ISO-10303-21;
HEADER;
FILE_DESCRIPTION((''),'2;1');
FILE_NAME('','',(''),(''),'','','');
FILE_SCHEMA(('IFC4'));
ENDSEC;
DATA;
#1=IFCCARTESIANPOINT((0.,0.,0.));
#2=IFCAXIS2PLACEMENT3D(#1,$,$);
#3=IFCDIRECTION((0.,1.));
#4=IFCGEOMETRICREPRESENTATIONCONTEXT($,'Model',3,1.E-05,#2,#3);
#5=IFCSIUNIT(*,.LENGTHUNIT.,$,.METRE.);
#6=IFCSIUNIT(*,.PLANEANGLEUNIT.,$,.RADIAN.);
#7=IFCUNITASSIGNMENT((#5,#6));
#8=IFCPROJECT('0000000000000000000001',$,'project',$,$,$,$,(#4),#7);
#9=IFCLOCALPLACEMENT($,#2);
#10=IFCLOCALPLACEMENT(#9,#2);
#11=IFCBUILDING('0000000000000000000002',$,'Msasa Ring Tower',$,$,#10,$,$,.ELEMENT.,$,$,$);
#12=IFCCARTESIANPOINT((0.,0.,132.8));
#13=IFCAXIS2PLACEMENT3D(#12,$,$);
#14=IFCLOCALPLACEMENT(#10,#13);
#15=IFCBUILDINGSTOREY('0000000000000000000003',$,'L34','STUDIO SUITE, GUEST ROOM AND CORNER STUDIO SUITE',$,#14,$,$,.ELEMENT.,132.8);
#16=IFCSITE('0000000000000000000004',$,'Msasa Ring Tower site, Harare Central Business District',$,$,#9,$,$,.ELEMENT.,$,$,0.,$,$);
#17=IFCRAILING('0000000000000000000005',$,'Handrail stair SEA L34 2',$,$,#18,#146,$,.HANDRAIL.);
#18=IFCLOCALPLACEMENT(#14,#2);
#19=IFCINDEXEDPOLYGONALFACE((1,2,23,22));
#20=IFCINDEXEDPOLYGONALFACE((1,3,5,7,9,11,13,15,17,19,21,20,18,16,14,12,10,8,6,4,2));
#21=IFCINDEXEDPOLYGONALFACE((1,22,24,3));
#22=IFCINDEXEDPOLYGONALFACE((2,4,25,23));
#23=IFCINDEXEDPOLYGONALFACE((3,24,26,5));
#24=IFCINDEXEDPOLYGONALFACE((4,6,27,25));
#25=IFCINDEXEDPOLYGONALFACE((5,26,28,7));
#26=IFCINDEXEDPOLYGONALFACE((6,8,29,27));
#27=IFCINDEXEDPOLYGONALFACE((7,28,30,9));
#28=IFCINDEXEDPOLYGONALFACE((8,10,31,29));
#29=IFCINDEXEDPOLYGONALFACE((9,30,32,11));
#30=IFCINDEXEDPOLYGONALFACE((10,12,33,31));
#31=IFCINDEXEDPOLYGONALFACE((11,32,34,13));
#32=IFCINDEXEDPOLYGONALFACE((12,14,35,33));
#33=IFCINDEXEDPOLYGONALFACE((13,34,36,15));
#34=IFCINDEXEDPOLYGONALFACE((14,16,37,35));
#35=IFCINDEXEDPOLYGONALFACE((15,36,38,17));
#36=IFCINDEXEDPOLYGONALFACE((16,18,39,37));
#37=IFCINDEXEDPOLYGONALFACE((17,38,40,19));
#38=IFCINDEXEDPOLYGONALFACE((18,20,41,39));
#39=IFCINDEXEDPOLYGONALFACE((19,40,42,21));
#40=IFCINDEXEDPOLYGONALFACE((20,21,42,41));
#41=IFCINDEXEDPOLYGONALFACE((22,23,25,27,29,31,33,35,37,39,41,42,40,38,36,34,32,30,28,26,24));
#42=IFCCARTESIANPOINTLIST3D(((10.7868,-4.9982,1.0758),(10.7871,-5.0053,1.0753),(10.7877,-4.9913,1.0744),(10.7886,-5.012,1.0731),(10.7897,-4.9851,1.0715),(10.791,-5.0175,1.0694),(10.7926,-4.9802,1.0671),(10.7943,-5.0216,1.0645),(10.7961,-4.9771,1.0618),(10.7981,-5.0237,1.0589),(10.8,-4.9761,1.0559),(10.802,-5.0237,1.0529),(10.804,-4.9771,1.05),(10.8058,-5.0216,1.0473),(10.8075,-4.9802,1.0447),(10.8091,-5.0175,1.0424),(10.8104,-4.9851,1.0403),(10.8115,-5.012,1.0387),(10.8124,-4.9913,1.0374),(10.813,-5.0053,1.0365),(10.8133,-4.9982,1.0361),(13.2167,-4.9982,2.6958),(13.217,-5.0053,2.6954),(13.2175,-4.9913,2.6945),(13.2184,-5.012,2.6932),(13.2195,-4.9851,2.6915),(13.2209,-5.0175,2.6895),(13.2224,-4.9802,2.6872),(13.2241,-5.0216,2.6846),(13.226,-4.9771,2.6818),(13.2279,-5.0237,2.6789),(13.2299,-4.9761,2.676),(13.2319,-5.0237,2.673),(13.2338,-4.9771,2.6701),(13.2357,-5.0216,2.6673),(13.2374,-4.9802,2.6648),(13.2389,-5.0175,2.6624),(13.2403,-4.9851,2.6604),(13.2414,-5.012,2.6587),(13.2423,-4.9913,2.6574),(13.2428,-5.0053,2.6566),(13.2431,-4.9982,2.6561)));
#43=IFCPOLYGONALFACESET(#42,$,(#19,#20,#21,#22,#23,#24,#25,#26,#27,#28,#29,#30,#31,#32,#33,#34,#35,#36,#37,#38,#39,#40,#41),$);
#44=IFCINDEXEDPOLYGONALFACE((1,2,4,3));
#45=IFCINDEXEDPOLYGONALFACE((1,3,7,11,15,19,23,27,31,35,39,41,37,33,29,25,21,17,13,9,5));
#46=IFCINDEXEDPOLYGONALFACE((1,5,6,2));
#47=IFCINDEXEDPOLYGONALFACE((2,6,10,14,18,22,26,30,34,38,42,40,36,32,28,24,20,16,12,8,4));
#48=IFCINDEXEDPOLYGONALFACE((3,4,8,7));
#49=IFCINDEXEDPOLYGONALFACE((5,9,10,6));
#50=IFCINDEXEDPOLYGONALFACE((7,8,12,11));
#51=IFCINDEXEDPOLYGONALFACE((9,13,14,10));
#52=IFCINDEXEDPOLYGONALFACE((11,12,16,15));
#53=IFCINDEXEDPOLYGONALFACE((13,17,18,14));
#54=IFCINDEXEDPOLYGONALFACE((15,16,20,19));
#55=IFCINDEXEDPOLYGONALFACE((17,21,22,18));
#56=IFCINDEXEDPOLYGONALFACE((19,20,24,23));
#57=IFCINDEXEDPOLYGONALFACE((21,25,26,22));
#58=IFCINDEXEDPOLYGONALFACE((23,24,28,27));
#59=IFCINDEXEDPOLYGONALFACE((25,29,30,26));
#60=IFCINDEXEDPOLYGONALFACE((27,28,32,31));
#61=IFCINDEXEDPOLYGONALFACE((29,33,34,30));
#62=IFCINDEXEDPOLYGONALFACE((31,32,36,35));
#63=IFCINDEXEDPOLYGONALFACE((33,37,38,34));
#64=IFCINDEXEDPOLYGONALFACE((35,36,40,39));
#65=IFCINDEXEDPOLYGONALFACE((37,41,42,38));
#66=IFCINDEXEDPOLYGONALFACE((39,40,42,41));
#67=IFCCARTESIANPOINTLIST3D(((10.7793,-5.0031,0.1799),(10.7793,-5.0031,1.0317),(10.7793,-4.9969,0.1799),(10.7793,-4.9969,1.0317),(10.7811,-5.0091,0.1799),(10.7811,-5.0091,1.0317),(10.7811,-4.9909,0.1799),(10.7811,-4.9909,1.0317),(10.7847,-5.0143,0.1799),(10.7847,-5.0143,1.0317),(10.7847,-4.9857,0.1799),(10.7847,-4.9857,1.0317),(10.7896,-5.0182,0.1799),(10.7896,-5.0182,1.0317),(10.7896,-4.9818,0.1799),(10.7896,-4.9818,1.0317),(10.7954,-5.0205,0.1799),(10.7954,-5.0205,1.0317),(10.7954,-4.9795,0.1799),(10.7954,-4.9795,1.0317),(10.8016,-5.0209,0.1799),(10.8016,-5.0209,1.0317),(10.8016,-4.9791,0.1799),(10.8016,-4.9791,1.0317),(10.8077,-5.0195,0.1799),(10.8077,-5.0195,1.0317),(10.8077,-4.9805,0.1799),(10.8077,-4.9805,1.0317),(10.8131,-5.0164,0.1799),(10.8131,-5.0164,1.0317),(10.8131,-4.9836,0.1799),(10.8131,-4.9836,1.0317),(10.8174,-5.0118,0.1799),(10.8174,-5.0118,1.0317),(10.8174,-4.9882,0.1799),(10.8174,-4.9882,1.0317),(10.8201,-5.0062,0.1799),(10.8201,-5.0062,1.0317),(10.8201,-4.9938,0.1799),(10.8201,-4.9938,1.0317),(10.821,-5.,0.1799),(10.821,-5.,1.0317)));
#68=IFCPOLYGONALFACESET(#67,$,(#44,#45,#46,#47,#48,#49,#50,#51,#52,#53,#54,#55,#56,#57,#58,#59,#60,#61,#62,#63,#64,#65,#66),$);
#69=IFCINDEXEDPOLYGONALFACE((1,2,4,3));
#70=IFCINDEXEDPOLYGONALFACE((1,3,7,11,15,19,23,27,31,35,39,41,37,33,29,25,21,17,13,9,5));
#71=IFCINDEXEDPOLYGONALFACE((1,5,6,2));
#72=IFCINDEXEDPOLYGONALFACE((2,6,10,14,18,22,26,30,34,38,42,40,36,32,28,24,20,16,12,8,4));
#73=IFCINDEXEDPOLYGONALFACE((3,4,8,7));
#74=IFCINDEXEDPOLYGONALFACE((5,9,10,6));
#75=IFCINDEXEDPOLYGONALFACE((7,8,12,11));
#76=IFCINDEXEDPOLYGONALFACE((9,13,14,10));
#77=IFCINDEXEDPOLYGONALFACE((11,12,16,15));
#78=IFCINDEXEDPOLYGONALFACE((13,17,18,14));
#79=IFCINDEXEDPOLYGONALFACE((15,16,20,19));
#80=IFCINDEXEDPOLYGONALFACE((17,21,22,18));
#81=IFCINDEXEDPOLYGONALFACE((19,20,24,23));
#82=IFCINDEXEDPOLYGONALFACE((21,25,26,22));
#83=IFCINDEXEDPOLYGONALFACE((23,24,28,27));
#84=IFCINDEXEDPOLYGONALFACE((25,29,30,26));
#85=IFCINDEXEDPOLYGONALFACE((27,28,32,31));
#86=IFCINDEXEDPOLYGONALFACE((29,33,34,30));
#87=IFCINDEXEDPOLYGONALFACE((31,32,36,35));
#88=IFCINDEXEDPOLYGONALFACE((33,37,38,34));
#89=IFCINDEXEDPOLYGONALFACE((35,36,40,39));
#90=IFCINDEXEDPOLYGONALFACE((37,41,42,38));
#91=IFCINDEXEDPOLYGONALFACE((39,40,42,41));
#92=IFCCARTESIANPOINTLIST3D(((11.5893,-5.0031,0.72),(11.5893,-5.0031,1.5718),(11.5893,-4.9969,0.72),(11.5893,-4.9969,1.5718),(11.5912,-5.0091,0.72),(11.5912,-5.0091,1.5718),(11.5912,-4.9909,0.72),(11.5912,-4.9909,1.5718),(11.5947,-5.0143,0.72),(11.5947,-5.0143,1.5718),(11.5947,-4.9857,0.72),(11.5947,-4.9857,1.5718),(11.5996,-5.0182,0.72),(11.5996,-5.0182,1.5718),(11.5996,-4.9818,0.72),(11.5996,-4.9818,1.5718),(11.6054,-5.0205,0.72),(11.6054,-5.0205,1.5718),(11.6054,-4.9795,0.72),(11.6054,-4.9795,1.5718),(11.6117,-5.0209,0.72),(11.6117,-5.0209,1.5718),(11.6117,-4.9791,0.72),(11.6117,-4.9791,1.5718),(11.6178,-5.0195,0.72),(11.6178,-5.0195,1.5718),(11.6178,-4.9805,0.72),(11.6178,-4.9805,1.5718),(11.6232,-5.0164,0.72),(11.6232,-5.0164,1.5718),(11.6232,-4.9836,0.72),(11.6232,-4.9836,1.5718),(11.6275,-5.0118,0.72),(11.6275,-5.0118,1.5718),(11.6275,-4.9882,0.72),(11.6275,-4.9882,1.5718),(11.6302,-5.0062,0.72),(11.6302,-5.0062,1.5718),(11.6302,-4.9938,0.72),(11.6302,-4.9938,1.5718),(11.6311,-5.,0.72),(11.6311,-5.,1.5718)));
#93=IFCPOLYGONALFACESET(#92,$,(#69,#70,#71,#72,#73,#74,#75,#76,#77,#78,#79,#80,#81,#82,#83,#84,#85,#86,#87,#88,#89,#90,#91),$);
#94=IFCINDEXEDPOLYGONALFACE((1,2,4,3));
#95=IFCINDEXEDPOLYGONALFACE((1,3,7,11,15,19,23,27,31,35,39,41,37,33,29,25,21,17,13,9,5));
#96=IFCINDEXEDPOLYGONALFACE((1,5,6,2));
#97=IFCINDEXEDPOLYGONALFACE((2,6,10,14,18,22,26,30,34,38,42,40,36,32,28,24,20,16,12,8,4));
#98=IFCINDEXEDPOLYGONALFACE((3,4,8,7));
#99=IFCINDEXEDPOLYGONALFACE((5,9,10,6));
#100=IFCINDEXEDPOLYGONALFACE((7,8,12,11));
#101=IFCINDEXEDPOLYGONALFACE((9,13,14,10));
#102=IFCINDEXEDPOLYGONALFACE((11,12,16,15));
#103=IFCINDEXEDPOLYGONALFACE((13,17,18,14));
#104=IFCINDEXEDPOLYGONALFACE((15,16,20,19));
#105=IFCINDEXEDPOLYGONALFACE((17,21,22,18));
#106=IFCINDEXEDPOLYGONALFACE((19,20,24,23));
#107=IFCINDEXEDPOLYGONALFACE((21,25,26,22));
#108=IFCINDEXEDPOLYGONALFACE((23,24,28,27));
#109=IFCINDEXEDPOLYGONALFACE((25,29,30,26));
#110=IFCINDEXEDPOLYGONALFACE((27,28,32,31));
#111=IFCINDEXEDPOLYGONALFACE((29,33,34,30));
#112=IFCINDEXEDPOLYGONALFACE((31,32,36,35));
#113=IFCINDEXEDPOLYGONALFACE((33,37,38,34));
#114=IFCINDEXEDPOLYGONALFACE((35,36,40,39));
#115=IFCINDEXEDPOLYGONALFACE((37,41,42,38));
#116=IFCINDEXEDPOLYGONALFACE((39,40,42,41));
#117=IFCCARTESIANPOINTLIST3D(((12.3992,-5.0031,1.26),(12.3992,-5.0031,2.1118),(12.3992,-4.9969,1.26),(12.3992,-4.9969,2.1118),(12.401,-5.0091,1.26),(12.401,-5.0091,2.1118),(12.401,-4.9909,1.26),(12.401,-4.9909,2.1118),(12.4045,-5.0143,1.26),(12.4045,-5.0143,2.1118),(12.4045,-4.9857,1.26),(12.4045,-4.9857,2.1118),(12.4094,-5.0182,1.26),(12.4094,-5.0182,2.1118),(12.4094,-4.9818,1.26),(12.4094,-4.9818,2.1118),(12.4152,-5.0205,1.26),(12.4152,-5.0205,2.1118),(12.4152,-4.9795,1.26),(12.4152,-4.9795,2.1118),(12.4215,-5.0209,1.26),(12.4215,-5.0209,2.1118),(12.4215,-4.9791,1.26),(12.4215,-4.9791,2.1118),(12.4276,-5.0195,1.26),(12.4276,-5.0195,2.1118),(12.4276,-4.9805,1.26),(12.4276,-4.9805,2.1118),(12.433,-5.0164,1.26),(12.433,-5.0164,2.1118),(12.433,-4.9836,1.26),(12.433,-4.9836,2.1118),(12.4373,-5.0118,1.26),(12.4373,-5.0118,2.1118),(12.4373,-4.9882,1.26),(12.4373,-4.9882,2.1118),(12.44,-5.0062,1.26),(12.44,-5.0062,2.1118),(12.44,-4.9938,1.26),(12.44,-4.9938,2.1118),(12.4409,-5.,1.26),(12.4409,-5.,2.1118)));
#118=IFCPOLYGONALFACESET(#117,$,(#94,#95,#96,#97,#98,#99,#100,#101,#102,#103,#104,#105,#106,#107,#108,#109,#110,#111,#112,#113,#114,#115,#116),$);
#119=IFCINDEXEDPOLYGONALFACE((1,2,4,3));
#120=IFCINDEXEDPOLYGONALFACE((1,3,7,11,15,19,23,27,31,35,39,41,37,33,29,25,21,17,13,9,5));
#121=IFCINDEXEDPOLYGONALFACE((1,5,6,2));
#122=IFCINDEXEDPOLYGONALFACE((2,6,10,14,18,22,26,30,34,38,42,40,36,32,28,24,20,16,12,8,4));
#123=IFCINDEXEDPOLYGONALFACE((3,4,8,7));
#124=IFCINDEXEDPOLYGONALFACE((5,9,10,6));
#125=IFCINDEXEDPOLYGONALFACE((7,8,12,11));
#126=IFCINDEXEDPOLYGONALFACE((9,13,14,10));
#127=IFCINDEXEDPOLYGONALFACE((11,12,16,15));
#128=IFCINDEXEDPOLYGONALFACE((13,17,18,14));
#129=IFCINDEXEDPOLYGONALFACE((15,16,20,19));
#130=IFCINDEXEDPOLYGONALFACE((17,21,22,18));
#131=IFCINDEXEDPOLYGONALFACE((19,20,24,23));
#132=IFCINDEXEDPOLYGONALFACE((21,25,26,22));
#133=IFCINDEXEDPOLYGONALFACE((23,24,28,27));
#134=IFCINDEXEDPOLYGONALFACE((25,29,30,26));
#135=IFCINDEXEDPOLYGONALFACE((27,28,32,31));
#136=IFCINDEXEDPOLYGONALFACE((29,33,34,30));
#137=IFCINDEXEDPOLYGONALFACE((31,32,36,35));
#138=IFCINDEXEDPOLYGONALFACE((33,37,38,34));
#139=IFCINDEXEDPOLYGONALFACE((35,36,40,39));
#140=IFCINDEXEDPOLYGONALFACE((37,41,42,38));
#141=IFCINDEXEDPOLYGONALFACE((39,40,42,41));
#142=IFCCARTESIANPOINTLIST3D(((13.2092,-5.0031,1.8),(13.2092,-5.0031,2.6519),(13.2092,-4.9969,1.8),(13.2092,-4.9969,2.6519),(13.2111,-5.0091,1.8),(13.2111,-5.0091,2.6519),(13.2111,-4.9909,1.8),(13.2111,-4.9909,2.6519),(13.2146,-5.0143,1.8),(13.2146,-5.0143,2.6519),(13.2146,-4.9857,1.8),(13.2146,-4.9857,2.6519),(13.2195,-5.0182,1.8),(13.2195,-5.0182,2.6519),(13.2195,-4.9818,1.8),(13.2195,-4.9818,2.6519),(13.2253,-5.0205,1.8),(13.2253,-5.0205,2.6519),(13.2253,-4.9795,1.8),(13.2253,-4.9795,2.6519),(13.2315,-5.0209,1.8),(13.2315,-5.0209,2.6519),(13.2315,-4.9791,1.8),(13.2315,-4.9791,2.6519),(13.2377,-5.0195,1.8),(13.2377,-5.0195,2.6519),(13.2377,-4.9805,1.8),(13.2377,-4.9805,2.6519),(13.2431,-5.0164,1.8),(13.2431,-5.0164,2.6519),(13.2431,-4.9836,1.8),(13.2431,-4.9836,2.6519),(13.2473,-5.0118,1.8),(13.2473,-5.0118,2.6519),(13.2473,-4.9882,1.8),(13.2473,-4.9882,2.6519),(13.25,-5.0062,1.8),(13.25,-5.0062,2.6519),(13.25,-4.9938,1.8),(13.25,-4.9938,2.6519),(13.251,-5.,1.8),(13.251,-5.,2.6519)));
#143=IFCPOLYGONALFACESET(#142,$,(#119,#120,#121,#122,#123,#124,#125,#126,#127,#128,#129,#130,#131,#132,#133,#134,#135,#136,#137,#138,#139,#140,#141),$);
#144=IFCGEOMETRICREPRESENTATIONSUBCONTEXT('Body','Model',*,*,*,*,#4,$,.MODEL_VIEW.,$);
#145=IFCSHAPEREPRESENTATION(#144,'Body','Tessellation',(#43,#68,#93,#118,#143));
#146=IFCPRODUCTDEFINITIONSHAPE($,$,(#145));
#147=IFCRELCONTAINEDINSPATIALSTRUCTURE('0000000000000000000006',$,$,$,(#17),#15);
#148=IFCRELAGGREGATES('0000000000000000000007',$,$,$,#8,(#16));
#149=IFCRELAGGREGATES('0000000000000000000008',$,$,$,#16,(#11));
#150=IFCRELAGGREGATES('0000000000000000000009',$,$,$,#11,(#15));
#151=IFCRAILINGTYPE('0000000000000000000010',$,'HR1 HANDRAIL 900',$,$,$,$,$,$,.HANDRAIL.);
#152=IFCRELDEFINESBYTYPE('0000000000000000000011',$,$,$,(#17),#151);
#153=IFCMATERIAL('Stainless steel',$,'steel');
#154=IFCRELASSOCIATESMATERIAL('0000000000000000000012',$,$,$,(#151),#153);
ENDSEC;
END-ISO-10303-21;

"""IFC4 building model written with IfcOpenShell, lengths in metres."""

from ifc_helpers import new_model, si_unit, direction, frame, origin, origin_2d, place, context, subcontext, project, spatial, circle, extrude, material, type_object, element, save


model = new_model("IFC4")

# Units and contexts
model_context = context("Model", 3, precision=1e-05, world=origin(), true_north=direction((0.0, 1.0)))
body_context = subcontext(model_context, "Body", "Model", "MODEL_VIEW")
ifc_project = project(units=[si_unit("LENGTHUNIT", "METRE"), si_unit("PLANEANGLEUNIT", "RADIAN")], contexts=[model_context])

# Site, building, storey
site_placement = place(None, origin())
site = spatial("IfcSite", under=ifc_project, at=site_placement, Name="Msasa Ring Tower site, Harare Central Business District", CompositionType="ELEMENT", RefElevation=0.0)
building_placement = place(site_placement, origin())
building = spatial("IfcBuilding", under=site, at=building_placement, Name="Msasa Ring Tower", CompositionType="ELEMENT")
storey_placement = place(building_placement, frame((0.0, 0.0, 132.8)))
storey = spatial("IfcBuildingStorey", under=building, at=storey_placement, Name="L34", Description="STUDIO SUITE, GUEST ROOM AND CORNER STUDIO SUITE", CompositionType="ELEMENT", Elevation=132.8)

# Railing
ifc_material_1 = material(Name="Stainless steel", Category="steel")
railing_type = type_object("IfcRailingType", Name="HR1 HANDRAIL 900", PredefinedType="HANDRAIL", material=ifc_material_1)
for number, where, name in (
    (1, (10.8, -5.0, 0.1799), "Handrail stair SEA L34 2"),
):
    element("IfcRailing", number, at=place(storey_placement, frame(where)), inside=storey, type_object=railing_type, Name=name, PredefinedType="HANDRAIL", context=body_context, shape_type="SweptSolid", body=[
        extrude(circle(Radius=0.0239, at=origin_2d()), frame((0.0, 0.0, 0.876), z_axis=(0.832025, 0.0, 0.554739), x_axis=(0.0, 1.0, 0.0)), (0.0, 0.0, 1.0), 2.9204),
        extrude(circle(Radius=0.021, at=origin_2d()), origin(), (0.0, 0.0, 1.0), 0.8518),
        extrude(circle(Radius=0.021, at=origin_2d()), frame((0.8101, 0.0, 0.54)), (0.0, 0.0, 1.0), 0.8518),
        extrude(circle(Radius=0.021, at=origin_2d()), frame((1.6199, 0.0, 1.0801)), (0.0, 0.0, 1.0), 0.8518),
        extrude(circle(Radius=0.021, at=origin_2d()), frame((2.4299, 0.0, 1.6201)), (0.0, 0.0, 1.0), 0.8518),
    ])

save(model, "model.ifc")
